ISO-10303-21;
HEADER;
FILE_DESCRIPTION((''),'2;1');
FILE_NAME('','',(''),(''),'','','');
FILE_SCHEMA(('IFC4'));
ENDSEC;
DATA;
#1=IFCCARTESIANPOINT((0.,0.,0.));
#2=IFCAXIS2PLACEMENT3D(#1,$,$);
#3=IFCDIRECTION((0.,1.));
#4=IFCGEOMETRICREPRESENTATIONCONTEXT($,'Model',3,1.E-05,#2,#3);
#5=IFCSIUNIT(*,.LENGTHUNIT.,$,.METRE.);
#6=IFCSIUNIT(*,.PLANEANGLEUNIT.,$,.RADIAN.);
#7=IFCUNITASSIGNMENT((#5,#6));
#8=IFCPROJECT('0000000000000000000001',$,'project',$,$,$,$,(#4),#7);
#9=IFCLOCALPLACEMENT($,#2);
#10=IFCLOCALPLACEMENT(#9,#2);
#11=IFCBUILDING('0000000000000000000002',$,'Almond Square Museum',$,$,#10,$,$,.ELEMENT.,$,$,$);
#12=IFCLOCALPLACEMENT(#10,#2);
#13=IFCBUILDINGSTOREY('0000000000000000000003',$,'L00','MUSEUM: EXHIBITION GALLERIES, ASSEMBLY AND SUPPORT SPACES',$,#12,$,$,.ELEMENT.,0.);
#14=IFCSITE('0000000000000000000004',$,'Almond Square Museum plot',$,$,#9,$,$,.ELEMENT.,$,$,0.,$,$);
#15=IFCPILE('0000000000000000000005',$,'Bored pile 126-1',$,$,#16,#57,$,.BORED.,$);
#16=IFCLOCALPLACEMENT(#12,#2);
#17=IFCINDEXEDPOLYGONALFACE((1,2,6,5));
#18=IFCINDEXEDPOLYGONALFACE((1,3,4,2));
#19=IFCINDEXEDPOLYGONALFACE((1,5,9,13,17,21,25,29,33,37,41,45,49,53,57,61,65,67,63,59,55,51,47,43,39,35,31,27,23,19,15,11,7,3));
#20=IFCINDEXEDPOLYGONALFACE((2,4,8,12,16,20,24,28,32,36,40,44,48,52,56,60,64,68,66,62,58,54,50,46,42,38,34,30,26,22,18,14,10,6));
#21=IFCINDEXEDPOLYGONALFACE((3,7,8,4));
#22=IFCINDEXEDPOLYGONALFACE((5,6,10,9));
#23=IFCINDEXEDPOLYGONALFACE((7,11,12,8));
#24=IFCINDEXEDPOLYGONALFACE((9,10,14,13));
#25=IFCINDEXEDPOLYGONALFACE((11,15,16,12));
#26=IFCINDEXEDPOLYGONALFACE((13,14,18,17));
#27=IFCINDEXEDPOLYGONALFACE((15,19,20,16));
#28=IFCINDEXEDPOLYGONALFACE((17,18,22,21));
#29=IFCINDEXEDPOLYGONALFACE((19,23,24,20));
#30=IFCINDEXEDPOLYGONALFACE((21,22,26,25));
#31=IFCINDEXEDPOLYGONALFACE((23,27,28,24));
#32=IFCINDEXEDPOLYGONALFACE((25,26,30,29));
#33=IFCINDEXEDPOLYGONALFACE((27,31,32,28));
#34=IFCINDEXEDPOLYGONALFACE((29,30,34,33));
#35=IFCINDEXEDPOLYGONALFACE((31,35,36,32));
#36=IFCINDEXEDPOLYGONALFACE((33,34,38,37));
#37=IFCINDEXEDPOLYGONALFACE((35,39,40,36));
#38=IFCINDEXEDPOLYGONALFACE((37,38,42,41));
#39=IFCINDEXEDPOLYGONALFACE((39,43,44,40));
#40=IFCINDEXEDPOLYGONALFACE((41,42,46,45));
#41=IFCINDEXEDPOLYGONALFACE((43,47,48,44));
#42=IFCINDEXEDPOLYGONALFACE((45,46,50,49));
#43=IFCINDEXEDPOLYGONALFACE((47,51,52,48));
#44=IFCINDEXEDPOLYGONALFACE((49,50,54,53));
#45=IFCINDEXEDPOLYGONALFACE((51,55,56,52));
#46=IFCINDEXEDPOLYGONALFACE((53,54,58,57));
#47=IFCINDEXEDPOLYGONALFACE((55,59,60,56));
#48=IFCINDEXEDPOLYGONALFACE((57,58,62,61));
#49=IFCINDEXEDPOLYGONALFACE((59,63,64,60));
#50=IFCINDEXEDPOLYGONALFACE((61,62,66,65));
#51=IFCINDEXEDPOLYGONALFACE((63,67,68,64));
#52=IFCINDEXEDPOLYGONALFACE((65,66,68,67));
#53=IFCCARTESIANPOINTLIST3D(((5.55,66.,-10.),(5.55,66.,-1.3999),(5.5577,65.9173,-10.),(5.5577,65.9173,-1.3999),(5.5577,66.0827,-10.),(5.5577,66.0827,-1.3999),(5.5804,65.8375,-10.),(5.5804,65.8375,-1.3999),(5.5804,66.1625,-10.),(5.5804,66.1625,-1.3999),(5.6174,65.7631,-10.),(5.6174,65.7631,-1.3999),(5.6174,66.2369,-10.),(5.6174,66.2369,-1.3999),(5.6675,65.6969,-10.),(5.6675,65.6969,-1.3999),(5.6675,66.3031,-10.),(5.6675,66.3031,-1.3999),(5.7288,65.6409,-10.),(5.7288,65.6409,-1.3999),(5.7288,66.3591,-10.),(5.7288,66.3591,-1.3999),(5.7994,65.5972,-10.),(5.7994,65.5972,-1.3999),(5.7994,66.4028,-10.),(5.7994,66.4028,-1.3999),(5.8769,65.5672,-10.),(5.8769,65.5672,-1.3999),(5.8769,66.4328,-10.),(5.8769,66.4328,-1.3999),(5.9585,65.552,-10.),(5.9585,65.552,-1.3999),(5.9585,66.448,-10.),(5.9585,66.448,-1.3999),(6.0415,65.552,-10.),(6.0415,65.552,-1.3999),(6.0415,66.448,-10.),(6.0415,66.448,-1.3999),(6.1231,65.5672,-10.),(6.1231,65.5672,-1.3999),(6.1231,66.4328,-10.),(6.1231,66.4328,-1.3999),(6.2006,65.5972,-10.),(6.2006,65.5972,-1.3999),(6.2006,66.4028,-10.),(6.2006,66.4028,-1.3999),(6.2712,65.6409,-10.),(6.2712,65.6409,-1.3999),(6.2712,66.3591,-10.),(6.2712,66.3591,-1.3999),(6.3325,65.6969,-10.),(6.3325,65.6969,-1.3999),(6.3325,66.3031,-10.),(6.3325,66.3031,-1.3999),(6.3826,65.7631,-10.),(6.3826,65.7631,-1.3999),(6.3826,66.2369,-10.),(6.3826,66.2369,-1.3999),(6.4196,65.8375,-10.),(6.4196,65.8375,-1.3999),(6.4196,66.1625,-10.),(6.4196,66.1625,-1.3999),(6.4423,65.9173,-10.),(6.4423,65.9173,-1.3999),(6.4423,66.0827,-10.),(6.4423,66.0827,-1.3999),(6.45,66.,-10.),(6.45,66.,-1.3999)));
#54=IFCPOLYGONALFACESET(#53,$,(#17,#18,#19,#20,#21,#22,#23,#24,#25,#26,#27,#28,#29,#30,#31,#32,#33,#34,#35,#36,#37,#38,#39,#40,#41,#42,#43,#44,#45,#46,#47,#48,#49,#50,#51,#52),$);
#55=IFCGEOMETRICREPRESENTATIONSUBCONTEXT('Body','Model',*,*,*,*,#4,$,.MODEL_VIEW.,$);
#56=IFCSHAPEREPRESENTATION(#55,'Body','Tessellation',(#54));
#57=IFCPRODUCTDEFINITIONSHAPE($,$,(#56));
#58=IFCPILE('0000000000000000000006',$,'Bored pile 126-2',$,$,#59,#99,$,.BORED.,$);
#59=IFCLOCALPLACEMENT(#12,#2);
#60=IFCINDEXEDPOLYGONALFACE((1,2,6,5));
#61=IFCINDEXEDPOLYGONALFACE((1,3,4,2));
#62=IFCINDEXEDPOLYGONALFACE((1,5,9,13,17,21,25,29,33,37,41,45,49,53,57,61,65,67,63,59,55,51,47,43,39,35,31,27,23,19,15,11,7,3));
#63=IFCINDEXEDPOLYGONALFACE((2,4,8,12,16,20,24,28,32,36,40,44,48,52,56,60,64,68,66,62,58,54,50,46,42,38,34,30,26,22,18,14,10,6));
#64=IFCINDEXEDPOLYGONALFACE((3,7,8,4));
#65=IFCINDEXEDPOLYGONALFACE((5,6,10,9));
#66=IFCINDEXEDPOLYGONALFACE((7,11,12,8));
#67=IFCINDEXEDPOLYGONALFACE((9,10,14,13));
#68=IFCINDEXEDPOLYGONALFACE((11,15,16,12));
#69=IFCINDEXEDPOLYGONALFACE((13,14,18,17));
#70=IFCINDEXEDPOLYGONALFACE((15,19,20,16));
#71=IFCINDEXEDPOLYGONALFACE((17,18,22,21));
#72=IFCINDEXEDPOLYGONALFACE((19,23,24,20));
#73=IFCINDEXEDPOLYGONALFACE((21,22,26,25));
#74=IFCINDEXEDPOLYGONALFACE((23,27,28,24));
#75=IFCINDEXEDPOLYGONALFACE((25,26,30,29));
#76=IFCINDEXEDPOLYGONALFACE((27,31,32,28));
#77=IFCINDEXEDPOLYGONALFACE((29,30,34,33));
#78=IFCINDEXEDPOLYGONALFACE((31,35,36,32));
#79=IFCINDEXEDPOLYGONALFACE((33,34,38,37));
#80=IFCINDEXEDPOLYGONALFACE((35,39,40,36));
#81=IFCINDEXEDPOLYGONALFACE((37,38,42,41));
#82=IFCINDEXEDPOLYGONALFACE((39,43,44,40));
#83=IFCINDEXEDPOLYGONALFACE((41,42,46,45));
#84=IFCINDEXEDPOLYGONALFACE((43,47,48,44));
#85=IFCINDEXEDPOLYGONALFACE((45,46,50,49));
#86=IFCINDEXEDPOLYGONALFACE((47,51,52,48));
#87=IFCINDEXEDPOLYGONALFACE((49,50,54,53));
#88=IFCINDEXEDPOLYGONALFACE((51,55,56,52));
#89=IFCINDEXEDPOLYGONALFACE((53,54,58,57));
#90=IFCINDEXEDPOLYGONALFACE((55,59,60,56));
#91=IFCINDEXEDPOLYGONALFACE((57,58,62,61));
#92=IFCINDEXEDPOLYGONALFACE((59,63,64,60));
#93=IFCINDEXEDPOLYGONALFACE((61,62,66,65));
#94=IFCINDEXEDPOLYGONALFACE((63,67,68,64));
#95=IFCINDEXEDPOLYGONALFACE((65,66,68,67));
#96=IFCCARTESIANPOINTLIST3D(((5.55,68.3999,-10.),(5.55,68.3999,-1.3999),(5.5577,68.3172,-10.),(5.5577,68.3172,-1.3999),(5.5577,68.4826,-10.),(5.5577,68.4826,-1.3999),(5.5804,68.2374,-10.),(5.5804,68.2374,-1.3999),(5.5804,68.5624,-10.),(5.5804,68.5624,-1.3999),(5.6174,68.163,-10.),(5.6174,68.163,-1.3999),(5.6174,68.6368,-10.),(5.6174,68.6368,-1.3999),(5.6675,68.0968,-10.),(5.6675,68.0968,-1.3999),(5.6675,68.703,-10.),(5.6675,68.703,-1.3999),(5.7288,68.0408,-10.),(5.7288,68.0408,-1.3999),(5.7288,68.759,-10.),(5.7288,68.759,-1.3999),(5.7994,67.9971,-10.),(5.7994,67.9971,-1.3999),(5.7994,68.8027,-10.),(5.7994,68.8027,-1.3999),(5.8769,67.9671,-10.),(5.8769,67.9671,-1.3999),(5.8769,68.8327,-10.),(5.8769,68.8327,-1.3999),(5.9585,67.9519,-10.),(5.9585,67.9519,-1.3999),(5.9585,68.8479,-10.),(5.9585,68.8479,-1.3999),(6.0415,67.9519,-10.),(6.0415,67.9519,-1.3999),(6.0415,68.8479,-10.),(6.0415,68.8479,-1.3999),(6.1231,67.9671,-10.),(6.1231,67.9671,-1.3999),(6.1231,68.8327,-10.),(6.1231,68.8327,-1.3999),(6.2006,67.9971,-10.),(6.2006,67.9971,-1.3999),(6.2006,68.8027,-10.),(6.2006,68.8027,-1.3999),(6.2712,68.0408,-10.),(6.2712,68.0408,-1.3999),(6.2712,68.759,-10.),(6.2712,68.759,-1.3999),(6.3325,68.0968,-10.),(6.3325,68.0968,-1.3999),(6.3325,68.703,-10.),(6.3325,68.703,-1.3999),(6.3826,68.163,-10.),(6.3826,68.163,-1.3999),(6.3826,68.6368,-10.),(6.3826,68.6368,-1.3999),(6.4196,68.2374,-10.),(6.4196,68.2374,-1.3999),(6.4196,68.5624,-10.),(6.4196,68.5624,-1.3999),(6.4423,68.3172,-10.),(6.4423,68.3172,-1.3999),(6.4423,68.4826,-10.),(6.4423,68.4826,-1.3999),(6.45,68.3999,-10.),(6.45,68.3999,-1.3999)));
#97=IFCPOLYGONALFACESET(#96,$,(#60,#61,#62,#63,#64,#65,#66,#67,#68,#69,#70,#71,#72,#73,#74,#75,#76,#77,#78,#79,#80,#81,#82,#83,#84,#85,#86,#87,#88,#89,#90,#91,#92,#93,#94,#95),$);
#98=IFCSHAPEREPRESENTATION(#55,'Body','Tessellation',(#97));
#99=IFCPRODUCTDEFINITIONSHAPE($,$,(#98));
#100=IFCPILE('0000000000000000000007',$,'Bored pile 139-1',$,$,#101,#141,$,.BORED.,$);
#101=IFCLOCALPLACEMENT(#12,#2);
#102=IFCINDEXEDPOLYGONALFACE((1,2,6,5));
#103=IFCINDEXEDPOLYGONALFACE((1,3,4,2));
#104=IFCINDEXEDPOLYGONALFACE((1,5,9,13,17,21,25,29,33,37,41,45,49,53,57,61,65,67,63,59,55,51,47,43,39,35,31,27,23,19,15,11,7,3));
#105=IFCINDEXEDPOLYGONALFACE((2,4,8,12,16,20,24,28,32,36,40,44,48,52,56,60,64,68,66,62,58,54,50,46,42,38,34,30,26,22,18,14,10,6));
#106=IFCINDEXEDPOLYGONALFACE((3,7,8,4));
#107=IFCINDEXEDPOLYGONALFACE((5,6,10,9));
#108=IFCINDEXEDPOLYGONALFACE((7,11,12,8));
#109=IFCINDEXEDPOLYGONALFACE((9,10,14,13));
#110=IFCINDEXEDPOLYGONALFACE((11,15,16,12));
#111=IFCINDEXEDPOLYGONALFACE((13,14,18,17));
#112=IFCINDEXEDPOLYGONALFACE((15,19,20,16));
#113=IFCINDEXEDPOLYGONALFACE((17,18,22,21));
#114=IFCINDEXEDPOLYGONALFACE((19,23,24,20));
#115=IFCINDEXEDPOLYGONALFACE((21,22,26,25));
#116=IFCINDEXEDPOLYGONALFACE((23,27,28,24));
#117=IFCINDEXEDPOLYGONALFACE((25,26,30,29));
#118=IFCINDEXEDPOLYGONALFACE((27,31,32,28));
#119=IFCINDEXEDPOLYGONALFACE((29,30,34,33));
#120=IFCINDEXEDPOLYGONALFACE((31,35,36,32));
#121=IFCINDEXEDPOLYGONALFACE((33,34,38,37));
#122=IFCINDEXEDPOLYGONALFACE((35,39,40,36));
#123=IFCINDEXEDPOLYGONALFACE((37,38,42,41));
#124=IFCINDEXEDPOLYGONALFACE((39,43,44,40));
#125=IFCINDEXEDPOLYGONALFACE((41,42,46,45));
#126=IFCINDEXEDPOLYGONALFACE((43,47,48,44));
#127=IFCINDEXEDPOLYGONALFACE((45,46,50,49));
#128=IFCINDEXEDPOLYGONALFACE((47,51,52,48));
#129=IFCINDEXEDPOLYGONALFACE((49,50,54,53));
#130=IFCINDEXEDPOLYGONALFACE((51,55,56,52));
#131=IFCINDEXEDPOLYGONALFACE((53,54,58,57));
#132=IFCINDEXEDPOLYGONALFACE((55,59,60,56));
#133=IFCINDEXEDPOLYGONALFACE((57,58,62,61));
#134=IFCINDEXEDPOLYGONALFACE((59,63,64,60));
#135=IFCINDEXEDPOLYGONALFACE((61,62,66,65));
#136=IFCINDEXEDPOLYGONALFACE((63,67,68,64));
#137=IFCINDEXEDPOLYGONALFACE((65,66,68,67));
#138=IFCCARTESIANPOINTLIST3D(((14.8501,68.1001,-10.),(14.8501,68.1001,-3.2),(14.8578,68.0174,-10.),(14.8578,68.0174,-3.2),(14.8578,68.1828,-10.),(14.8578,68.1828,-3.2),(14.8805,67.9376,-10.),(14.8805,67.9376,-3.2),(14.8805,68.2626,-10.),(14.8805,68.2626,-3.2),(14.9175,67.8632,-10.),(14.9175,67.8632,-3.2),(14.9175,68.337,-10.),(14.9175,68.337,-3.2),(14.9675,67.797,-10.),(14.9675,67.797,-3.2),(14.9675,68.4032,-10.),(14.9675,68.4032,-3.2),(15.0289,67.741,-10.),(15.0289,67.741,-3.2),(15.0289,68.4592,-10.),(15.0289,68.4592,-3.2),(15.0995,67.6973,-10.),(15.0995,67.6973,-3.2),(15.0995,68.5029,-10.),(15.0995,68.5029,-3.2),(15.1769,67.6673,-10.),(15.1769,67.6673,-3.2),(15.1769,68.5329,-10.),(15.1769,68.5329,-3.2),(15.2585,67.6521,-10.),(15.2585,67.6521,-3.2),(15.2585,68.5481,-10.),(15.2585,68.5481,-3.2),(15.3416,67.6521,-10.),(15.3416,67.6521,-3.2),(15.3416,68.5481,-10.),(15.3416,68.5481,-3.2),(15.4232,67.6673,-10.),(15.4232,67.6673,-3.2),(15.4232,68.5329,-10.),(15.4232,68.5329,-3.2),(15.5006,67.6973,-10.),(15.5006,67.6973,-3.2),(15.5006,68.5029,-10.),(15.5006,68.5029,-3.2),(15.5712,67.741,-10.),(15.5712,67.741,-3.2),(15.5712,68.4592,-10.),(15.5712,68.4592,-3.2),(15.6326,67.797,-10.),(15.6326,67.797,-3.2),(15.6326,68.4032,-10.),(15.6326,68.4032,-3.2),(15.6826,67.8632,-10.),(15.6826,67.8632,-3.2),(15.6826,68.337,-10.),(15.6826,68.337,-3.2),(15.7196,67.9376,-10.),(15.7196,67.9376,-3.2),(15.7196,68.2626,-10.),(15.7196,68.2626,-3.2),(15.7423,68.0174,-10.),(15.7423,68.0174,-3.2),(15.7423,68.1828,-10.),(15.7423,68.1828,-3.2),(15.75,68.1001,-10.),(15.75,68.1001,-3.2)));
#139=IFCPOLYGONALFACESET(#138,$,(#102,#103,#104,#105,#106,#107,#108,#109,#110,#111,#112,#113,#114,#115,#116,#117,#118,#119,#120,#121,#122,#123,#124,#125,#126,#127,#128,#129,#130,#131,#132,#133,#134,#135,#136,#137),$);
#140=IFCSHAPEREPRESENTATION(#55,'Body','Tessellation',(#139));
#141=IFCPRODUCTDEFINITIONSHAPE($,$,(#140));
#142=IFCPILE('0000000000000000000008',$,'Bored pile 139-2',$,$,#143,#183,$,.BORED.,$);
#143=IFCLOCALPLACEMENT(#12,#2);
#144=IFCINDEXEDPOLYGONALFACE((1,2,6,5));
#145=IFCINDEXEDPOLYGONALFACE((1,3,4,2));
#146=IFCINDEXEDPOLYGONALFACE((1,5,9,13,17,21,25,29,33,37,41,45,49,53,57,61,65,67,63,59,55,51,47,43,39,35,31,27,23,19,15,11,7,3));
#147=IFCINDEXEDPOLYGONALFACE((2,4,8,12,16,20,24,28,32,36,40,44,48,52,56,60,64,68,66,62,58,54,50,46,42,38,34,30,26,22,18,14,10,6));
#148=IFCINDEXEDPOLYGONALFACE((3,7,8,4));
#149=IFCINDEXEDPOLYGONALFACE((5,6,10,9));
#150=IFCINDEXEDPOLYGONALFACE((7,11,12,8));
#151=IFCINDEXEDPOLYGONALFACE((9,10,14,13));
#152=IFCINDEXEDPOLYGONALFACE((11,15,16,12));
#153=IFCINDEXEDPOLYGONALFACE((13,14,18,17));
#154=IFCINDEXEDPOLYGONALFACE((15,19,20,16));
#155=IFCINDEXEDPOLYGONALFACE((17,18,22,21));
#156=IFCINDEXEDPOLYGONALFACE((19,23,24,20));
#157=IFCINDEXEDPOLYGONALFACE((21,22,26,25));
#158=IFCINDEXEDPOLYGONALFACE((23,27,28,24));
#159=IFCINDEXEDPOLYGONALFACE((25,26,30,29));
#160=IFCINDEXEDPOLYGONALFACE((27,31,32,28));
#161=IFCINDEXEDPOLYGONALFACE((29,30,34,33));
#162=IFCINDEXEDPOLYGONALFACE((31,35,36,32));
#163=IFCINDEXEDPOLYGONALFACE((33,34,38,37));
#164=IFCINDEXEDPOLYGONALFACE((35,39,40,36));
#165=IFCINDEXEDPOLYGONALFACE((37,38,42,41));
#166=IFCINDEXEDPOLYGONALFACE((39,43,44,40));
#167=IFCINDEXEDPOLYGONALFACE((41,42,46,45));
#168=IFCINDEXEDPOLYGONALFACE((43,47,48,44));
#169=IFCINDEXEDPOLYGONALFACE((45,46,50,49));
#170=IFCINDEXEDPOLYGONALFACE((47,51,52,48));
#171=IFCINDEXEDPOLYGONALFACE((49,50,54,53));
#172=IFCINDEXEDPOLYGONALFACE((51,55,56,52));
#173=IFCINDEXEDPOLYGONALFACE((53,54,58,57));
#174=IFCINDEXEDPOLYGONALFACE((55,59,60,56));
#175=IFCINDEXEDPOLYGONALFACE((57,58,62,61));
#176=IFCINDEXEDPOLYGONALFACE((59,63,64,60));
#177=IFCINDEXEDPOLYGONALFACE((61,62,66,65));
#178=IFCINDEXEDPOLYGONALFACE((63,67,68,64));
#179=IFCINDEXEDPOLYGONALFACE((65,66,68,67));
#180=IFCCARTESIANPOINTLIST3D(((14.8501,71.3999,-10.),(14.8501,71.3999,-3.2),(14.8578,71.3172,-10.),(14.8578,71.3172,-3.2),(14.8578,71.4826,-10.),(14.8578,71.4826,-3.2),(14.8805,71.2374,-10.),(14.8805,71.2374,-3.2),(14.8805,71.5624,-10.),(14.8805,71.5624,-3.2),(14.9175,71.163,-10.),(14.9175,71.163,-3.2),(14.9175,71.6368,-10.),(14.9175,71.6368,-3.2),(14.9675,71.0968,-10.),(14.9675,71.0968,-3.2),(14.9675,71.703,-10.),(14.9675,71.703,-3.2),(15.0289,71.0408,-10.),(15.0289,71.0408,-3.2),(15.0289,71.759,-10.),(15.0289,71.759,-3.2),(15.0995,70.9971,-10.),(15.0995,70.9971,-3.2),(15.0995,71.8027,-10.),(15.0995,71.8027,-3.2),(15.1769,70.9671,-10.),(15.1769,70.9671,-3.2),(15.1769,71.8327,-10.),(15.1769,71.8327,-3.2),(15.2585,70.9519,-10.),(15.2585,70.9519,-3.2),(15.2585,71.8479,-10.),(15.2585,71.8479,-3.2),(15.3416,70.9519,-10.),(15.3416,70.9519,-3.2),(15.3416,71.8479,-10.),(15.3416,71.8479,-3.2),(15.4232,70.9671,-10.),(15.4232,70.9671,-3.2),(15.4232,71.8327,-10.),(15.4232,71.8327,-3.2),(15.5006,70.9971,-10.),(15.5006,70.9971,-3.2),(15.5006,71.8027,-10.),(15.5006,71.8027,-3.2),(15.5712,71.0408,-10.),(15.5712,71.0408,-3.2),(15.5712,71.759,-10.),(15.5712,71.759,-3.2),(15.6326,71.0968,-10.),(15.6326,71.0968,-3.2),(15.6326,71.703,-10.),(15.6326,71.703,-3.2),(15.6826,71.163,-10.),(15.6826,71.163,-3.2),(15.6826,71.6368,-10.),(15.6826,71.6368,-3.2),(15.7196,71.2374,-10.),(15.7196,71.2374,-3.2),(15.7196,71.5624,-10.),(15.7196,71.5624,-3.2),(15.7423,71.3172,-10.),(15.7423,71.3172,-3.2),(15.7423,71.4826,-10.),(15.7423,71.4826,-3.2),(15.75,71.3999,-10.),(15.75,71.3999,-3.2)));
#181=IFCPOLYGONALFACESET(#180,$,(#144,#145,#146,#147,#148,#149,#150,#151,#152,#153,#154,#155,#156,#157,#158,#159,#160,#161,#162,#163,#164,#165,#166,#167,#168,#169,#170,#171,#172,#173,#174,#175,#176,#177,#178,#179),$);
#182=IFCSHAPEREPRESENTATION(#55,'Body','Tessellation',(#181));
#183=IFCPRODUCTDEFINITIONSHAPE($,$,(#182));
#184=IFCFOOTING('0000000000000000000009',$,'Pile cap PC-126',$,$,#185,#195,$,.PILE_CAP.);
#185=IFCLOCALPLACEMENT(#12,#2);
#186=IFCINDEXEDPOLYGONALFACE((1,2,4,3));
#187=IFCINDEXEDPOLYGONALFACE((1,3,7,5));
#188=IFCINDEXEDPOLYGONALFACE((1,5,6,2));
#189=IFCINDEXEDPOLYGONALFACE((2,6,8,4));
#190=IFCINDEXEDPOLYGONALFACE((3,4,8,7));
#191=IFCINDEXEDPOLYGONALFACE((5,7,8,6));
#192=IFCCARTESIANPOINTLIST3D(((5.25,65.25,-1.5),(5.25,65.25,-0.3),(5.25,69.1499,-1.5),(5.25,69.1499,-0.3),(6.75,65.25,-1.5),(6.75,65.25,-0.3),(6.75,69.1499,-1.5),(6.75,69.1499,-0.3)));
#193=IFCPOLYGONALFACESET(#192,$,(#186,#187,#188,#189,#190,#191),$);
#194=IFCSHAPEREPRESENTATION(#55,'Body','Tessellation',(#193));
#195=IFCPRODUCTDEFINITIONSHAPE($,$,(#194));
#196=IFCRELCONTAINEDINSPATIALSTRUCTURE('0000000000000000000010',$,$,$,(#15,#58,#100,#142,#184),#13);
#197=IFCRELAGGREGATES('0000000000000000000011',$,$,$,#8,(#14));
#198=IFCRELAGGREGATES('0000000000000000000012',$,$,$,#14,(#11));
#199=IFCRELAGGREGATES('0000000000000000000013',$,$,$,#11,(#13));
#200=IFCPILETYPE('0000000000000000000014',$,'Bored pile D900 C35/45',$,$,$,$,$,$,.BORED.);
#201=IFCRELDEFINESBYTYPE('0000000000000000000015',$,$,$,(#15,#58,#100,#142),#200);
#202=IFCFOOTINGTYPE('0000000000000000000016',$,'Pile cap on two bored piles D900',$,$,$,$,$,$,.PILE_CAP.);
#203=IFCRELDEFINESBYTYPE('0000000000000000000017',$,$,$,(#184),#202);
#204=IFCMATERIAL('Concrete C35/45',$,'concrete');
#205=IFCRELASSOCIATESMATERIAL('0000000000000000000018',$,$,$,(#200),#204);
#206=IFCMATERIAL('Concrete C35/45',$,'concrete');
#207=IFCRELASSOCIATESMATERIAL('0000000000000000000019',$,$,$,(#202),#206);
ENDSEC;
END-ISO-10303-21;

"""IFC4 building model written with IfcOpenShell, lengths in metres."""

from ifc_helpers import new_model, si_unit, direction, frame, origin, origin_2d, place, context, subcontext, project, spatial, rectangle, circle, extrude, material, material_profile, profile_set, type_object, element, save


model = new_model("IFC4")

# Units and contexts
model_context = context("Model", 3, precision=1e-05, world=origin(), true_north=direction((0.0, 1.0)))
body_context = subcontext(model_context, "Body", "Model", "MODEL_VIEW")
ifc_project = project(units=[si_unit("LENGTHUNIT", "METRE"), si_unit("PLANEANGLEUNIT", "RADIAN")], contexts=[model_context])

# Site, building, storey
site_placement = place(None, origin())
site = spatial("IfcSite", under=ifc_project, at=site_placement, Name="Almond Square Museum plot", CompositionType="ELEMENT", RefElevation=0.0)
building_placement = place(site_placement, origin())
building = spatial("IfcBuilding", under=site, at=building_placement, Name="Almond Square Museum", CompositionType="ELEMENT")
storey_placement = place(building_placement, origin())
storey = spatial("IfcBuildingStorey", under=building, at=storey_placement, Name="L00", Description="MUSEUM: EXHIBITION GALLERIES, ASSEMBLY AND SUPPORT SPACES", CompositionType="ELEMENT", Elevation=0.0)

# Piles
ifc_material_1 = material(Name="Concrete C35/45", Category="concrete")
ifc_material_profile_1 = material_profile(ifc_material_1, circle(Radius=0.45, at=origin_2d()))
ifc_profile_set_1 = profile_set([ifc_material_profile_1], Name="Concrete C35/45")
pile_type = type_object("IfcPileType", Name="Bored pile D900 C35/45", PredefinedType="BORED", material=ifc_profile_set_1)
for number, where, z_axis, x_axis, name in (
    (1, (6.0, 66.0, -1.3999), (0.0, 0.0, -1.0), (1.0, 0.0, 0.0), "Bored pile 126-1"),
    (2, (6.0, 68.3999, -1.3999), (0.0, 0.0, -1.0), (1.0, 0.0, 0.0), "Bored pile 126-2"),
):
    element("IfcPile", number, at=place(storey_placement, frame(where, z_axis=z_axis, x_axis=x_axis)), inside=storey, type_object=pile_type, Name=name, PredefinedType="BORED", context=body_context, shape_type="SweptSolid", body=[
        extrude(circle(Radius=0.45, at=origin_2d()), origin(), (0.0, 0.0, 1.0), 8.6001),
    ])
for number, where, z_axis, x_axis, name in (
    (3, (15.3, 68.1001, -3.2), (0.0, 0.0, -1.0), (1.0, 0.0, 0.0), "Bored pile 139-1"),
    (4, (15.3, 71.3999, -3.2), (0.0, 0.0, -1.0), (1.0, 0.0, 0.0), "Bored pile 139-2"),
):
    element("IfcPile", number, at=place(storey_placement, frame(where, z_axis=z_axis, x_axis=x_axis)), inside=storey, type_object=pile_type, Name=name, PredefinedType="BORED", context=body_context, shape_type="SweptSolid", body=[
        extrude(circle(Radius=0.45, at=origin_2d()), origin(), (0.0, 0.0, 1.0), 6.8),
    ])

# Footing
ifc_material_2 = material(Name="Concrete C35/45", Category="concrete")
footing_type = type_object("IfcFootingType", Name="Pile cap on two bored piles D900", PredefinedType="PILE_CAP", material=ifc_material_2)
footing_placement = place(storey_placement, frame((6.0, 67.2, -1.5), z_axis=(0.0, 0.0, 1.0), x_axis=(1.0, 0.0, 0.0)))
element("IfcFooting", 5, at=footing_placement, inside=storey, type_object=footing_type, Name="Pile cap PC-126", PredefinedType="PILE_CAP", context=body_context, shape_type="SweptSolid", body=[
    extrude(rectangle(XDim=1.5, YDim=3.8999, at=origin_2d()), origin(), (0.0, 0.0, 1.0), 1.2),
])

save(model, "model.ifc")
